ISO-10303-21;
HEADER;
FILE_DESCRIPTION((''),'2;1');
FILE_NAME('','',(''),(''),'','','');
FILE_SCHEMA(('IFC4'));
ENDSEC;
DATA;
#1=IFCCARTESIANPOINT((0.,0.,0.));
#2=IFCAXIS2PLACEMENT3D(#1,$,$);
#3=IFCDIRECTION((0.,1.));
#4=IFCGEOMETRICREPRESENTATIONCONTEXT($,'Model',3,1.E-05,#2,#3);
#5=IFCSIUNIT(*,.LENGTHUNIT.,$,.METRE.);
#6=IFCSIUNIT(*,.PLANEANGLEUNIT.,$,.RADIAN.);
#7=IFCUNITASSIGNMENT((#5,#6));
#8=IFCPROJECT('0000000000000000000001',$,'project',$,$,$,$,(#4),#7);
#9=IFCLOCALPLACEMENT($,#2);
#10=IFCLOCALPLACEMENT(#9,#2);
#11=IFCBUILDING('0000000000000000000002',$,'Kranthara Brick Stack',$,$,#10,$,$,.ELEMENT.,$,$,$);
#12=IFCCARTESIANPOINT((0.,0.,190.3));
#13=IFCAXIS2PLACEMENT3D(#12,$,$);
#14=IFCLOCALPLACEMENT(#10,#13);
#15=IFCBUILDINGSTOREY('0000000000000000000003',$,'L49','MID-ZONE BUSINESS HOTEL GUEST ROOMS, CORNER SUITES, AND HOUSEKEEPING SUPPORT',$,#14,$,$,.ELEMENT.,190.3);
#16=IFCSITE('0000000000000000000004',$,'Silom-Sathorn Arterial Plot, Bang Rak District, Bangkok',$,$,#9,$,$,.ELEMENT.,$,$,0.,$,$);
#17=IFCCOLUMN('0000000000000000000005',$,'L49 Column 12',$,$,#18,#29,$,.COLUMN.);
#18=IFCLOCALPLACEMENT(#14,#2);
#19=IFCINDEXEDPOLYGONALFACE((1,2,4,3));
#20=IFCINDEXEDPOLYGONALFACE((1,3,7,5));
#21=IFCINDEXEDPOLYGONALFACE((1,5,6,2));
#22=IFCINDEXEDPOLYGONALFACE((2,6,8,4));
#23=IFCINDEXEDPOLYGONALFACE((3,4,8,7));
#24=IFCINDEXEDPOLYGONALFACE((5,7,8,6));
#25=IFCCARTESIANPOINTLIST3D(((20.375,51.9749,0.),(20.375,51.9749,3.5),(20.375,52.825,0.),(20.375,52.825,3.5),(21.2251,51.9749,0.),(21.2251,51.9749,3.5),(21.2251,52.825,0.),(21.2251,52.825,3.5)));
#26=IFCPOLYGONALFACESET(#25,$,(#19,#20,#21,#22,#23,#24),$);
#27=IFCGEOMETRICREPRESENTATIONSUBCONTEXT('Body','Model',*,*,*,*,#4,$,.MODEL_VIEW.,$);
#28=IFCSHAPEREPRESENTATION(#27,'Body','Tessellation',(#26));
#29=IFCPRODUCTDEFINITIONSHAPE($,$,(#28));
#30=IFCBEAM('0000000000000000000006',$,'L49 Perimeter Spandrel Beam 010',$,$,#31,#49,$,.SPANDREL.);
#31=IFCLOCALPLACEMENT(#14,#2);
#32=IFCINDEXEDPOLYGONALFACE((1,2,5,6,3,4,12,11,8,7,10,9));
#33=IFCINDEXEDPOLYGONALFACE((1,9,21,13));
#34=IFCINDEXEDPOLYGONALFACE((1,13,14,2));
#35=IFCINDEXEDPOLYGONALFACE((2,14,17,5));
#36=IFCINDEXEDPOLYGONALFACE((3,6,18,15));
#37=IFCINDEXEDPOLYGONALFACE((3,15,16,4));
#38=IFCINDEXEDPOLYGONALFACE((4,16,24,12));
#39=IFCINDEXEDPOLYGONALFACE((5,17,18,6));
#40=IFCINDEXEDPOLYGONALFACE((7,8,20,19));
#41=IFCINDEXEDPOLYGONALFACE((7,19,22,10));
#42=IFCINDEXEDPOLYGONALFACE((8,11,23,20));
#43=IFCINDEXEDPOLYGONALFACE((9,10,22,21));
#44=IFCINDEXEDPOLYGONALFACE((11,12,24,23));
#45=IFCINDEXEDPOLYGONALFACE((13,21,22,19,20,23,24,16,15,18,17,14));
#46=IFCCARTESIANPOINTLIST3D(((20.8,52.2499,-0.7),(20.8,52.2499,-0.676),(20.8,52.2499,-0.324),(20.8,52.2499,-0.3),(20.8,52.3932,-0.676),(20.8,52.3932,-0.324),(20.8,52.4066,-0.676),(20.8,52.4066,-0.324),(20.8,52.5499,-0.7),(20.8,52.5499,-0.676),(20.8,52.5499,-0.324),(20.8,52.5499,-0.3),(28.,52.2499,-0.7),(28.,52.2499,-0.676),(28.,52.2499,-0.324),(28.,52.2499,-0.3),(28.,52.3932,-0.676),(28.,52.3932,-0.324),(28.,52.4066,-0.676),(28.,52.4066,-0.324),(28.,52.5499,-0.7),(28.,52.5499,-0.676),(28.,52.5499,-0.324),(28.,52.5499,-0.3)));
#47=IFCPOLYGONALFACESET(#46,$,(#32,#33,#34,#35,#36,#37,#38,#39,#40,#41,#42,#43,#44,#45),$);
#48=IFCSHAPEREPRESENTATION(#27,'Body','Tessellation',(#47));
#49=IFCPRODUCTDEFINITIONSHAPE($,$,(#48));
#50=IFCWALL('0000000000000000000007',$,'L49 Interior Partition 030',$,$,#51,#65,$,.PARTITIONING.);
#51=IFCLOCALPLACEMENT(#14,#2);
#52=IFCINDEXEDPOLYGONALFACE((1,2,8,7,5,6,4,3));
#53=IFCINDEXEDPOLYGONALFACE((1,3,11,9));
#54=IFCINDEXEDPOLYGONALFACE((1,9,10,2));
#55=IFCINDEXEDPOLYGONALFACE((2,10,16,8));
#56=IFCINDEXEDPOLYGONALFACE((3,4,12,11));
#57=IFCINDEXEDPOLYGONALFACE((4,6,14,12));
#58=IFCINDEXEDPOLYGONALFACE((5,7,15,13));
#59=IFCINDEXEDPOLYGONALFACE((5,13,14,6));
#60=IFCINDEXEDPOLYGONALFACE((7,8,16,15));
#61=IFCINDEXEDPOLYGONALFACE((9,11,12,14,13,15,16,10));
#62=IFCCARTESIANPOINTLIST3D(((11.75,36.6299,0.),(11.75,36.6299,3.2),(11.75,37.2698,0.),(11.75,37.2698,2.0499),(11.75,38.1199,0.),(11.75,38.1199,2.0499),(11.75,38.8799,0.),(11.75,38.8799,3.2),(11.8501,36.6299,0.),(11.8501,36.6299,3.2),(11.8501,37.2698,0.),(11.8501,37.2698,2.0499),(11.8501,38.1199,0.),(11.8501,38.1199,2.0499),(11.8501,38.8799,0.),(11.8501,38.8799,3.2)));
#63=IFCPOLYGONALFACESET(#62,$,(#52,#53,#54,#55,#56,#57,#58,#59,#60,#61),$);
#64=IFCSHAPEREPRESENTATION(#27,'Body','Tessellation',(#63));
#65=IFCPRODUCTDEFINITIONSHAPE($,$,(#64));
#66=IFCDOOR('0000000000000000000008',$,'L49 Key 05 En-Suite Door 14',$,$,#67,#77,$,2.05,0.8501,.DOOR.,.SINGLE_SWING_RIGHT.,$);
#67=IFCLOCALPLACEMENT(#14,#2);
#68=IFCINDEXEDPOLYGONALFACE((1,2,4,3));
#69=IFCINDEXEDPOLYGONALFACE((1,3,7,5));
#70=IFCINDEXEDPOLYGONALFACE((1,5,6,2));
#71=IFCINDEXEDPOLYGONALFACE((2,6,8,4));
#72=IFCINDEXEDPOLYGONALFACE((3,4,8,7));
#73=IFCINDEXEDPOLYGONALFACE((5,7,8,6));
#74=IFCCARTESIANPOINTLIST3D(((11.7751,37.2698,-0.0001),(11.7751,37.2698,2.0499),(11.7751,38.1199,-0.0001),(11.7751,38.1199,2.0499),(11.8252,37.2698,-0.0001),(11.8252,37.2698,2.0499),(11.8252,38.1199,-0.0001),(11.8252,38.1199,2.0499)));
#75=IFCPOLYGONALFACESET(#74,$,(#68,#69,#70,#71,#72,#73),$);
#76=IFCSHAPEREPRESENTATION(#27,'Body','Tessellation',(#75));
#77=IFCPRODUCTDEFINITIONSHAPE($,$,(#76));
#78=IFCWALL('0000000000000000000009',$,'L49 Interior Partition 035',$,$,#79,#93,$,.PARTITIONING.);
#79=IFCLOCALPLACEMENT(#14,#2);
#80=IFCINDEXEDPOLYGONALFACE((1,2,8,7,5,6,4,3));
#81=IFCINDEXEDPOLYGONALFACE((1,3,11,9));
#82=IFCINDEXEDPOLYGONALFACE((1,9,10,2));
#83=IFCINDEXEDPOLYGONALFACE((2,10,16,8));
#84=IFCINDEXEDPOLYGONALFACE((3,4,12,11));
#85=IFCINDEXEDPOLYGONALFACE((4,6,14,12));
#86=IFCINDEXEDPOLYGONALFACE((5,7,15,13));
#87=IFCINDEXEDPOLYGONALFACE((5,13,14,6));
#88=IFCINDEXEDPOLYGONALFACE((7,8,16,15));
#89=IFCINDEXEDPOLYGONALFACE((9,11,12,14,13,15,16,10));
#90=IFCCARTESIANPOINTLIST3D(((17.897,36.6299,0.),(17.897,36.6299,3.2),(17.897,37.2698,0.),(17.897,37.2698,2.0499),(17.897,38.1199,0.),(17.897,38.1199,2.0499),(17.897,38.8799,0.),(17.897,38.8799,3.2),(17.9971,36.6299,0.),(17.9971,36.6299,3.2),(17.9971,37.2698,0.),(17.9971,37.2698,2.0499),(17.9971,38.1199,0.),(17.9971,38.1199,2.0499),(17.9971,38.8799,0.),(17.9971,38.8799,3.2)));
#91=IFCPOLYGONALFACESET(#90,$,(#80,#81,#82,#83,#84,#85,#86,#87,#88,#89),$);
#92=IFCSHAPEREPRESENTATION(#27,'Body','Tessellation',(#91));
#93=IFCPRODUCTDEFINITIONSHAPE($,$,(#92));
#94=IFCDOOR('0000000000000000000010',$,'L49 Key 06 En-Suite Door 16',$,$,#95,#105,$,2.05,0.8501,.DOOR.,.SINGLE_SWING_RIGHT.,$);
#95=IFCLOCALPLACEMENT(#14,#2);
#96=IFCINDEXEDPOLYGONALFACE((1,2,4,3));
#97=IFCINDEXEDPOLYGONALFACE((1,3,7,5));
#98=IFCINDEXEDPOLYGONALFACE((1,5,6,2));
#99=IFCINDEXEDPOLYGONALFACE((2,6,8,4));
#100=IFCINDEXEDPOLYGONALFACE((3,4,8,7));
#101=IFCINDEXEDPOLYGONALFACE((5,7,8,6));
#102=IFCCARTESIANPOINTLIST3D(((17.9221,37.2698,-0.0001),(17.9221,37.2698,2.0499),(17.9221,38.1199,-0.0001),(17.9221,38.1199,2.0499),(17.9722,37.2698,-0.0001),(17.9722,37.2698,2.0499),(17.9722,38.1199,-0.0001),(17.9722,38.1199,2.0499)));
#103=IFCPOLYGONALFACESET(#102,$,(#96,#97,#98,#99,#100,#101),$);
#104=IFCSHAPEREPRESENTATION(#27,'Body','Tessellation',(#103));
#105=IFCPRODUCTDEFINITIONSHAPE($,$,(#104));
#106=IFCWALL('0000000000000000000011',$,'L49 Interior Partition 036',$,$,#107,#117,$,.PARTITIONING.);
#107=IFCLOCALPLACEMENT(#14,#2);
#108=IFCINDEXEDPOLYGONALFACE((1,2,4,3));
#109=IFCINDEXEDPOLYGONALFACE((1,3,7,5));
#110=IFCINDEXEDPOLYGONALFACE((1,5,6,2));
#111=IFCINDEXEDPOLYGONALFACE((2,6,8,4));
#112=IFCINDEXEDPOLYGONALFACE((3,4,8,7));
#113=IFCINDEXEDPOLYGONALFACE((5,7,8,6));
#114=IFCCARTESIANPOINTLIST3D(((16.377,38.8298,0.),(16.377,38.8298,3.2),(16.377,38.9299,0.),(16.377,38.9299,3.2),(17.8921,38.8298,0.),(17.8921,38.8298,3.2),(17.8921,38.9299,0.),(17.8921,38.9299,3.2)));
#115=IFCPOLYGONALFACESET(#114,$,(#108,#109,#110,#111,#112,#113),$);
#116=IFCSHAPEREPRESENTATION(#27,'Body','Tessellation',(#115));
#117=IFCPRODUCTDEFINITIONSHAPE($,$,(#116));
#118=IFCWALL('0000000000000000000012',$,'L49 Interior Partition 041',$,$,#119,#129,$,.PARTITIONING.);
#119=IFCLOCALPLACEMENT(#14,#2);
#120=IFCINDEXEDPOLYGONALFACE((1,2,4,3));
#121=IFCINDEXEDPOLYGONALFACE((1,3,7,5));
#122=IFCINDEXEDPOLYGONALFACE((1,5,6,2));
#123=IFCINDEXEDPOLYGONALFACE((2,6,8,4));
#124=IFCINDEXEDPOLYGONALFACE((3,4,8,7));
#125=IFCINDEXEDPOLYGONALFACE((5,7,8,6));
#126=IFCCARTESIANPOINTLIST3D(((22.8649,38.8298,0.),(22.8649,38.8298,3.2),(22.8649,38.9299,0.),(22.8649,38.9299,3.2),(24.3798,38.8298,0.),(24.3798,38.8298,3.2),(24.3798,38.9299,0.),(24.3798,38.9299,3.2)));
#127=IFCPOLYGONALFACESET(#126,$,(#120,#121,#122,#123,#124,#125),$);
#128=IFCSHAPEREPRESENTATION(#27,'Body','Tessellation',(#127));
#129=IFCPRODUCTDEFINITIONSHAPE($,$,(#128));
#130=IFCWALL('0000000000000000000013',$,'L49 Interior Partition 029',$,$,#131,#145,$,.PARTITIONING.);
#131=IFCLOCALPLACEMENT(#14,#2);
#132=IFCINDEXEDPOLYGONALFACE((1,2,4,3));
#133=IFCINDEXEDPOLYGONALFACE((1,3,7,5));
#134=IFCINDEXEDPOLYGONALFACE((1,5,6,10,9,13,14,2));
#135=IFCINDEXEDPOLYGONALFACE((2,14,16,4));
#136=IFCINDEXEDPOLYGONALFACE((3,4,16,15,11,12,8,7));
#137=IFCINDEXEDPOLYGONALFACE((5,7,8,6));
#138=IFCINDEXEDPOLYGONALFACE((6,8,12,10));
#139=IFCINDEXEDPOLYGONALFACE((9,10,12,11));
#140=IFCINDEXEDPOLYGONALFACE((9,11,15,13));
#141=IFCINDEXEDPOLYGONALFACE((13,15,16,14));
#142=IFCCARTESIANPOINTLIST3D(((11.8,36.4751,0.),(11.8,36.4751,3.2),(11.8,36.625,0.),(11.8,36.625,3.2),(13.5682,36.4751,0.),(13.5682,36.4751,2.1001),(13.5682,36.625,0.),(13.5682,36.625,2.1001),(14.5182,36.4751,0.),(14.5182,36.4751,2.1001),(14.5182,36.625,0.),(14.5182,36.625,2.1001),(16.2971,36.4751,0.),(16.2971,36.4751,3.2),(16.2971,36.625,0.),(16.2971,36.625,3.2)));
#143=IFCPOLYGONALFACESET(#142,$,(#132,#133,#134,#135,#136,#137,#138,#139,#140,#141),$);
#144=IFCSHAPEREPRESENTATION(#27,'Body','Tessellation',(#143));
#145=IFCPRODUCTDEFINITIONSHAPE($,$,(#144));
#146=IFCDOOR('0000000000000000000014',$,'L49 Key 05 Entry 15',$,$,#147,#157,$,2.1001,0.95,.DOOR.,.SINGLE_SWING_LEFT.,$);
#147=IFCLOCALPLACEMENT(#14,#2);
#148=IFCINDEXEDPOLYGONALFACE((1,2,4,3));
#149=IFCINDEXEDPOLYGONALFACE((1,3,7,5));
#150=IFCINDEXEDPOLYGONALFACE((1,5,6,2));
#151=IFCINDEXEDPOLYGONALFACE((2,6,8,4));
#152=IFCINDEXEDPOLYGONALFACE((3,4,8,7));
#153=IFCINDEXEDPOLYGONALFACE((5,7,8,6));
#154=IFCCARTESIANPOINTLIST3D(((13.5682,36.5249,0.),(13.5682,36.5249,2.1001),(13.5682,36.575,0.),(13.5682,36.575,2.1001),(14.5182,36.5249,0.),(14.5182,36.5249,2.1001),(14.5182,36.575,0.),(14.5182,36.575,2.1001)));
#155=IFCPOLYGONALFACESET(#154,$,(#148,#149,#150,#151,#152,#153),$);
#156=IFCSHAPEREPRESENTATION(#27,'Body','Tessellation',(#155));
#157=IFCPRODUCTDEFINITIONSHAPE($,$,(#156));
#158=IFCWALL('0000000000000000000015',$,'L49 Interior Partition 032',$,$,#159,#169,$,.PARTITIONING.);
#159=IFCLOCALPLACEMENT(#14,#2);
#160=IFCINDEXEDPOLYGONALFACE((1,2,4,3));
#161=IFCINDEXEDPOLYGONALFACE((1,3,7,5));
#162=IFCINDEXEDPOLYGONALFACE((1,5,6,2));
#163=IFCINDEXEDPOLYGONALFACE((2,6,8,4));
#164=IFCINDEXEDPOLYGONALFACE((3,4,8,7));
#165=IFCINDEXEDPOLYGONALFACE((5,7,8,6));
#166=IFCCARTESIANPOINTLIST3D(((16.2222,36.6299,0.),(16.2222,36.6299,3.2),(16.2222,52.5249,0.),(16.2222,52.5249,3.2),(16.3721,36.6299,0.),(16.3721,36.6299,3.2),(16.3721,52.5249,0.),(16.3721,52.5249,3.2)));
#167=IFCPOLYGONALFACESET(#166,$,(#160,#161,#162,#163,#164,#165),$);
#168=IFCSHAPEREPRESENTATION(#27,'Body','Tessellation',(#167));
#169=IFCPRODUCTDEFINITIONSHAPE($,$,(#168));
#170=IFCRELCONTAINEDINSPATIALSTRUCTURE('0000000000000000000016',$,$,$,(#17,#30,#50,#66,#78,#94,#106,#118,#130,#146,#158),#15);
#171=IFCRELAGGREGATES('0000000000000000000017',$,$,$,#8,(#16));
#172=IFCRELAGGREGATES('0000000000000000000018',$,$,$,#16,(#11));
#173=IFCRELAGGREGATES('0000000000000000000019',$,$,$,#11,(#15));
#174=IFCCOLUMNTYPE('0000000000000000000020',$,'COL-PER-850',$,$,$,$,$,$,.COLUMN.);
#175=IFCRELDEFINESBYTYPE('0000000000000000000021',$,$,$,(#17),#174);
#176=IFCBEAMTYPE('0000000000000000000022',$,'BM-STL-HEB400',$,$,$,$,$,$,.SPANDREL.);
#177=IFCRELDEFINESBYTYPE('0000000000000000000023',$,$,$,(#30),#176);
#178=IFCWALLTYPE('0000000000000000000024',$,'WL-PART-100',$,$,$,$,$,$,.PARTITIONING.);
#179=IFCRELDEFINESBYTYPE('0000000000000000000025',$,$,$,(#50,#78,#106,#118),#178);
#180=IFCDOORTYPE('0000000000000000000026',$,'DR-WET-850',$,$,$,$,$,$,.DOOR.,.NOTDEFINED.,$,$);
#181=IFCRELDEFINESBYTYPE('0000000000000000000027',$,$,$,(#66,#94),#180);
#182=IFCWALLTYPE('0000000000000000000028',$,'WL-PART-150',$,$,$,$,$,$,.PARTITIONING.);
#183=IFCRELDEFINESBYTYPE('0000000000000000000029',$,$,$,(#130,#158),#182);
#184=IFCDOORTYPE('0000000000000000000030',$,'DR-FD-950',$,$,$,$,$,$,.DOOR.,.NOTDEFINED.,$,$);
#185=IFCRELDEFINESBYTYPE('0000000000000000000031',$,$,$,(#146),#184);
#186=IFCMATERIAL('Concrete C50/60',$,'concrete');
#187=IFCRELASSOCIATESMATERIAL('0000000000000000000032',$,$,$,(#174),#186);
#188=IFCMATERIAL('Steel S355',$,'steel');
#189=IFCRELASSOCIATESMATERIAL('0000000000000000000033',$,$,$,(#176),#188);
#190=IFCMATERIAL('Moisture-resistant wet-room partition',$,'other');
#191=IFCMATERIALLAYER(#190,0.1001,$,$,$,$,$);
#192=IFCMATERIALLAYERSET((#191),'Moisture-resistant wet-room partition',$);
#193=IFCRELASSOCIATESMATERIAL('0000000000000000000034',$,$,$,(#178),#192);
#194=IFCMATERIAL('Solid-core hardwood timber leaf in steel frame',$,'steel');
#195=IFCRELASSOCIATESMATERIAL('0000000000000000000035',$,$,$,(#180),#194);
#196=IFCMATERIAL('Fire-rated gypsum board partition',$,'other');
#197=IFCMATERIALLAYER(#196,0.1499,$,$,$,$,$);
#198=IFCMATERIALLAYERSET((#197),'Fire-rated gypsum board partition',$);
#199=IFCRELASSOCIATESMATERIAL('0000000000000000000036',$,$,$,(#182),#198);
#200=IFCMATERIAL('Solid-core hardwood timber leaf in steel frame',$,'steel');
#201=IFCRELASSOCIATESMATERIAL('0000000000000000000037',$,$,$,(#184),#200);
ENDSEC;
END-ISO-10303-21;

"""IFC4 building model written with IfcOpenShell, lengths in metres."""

from ifc_helpers import new_model, si_unit, direction, frame, frame_2d, origin, origin_2d, place, context, subcontext, project, spatial, rectangle, i_section, extrude, material, layer, layer_set, material_profile, profile_set, type_object, element, fill, save


model = new_model("IFC4")

# Units and contexts
model_context = context("Model", 3, precision=1e-05, world=origin(), true_north=direction((0.0, 1.0)))
body_context = subcontext(model_context, "Body", "Model", "MODEL_VIEW")
ifc_project = project(units=[si_unit("LENGTHUNIT", "METRE"), si_unit("PLANEANGLEUNIT", "RADIAN")], contexts=[model_context])

# Site, building, storey
site_placement = place(None, origin())
site = spatial("IfcSite", under=ifc_project, at=site_placement, Name="Silom-Sathorn Arterial Plot, Bang Rak District, Bangkok", CompositionType="ELEMENT", RefElevation=0.0)
building_placement = place(site_placement, origin())
building = spatial("IfcBuilding", under=site, at=building_placement, Name="Kranthara Brick Stack", CompositionType="ELEMENT")
storey_placement = place(building_placement, frame((0.0, 0.0, 190.3)))
storey = spatial("IfcBuildingStorey", under=building, at=storey_placement, Name="L49", Description="MID-ZONE BUSINESS HOTEL GUEST ROOMS, CORNER SUITES, AND HOUSEKEEPING SUPPORT", CompositionType="ELEMENT", Elevation=190.3)

# Column
ifc_material_1 = material(Name="Concrete C50/60", Category="concrete")
ifc_material_profile_1 = material_profile(ifc_material_1, rectangle(XDim=0.8501, YDim=0.8501, at=origin_2d()), Name="RC 850x850")
ifc_profile_set_1 = profile_set([ifc_material_profile_1], Name="Concrete C50/60")
column_type = type_object("IfcColumnType", Name="COL-PER-850", PredefinedType="COLUMN", material=ifc_profile_set_1)
column_placement = place(storey_placement, frame((20.8, 52.3999, 0.0), z_axis=(0.0, 0.0, 1.0), x_axis=(1.0, 0.0, 0.0)))
element("IfcColumn", 1, at=column_placement, inside=storey, type_object=column_type, Name="L49 Column 12", PredefinedType="COLUMN", context=body_context, shape_type="SweptSolid", body=[
    extrude(rectangle(XDim=0.8501, YDim=0.8501, at=origin_2d()), origin(), (0.0, 0.0, 1.0), 3.5),
])

# Beam
ifc_material_2 = material(Name="Steel S355", Category="steel")
ifc_material_profile_2 = material_profile(ifc_material_2, i_section(OverallWidth=0.3, OverallDepth=0.3999, WebThickness=0.0134, FlangeThickness=0.0239, at=origin_2d()), Name="HEB 400")
ifc_profile_set_2 = profile_set([ifc_material_profile_2], Name="Steel S355")
beam_type = type_object("IfcBeamType", Name="BM-STL-HEB400", PredefinedType="SPANDREL", material=ifc_profile_set_2)
beam_placement = place(storey_placement, frame((20.8, 52.3999, -0.5), z_axis=(1.0, 0.0, 0.0), x_axis=(0.0, 1.0, 0.0)))
element("IfcBeam", 2, at=beam_placement, inside=storey, type_object=beam_type, Name="L49 Perimeter Spandrel Beam 010", PredefinedType="SPANDREL", context=body_context, shape_type="SweptSolid", body=[
    extrude(i_section(OverallWidth=0.3, OverallDepth=0.3999, WebThickness=0.0134, FlangeThickness=0.0239, at=origin_2d()), origin(), (0.0, 0.0, 1.0), 7.2),
])

# Walls, openings, doors
ifc_material_3 = material(Name="Moisture-resistant wet-room partition", Category="other")
ifc_layer_1 = layer(ifc_material_3, 0.1001)
ifc_layer_set_1 = layer_set([ifc_layer_1], Name="Moisture-resistant wet-room partition")
wall_type_1 = type_object("IfcWallType", Name="WL-PART-100", PredefinedType="PARTITIONING", material=ifc_layer_set_1)
wall_1_placement = place(storey_placement, frame((11.8, 36.6299, 0.0), z_axis=(0.0, 0.0, 1.0), x_axis=(0.0, 1.0, 0.0)))
wall_1 = element("IfcWall", 3, at=wall_1_placement, inside=storey, type_object=wall_type_1, Name="L49 Interior Partition 030", PredefinedType="PARTITIONING", context=body_context, shape_type="SweptSolid", body=[
    extrude(rectangle(XDim=2.25, YDim=0.1001, at=frame_2d((1.125, 0.0))), origin(), (0.0, 0.0, 1.0), 3.2),
])
opening_1_placement = place(wall_1_placement, frame((0.6399, 0.0, 0.0)))
opening_1 = element("IfcOpeningElement", 4, at=opening_1_placement, cuts=wall_1, PredefinedType="OPENING", context=body_context, shape_type="SweptSolid", body=[
    extrude(rectangle(XDim=0.8501, YDim=2.05, at=frame_2d((0.425, 1.0249))), frame((0.0, 0.0601, 0.0), z_axis=(0.0, -1.0, 0.0), x_axis=(1.0, 0.0, 0.0)), (0.0, 0.0, 1.0), 0.1201),
])
ifc_material_4 = material(Name="Solid-core hardwood timber leaf in steel frame", Category="steel")
door_type_1 = type_object("IfcDoorType", Name="DR-WET-850", OperationType="NOTDEFINED", PredefinedType="DOOR", material=ifc_material_4)
door_1_placement = place(opening_1_placement, origin())
door_1 = element("IfcDoor", 5, at=door_1_placement, inside=storey, type_object=door_type_1, Name="L49 Key 05 En-Suite Door 14", OperationType="SINGLE_SWING_RIGHT", OverallHeight=2.05, OverallWidth=0.8501, PredefinedType="DOOR", context=body_context, shape_type="SweptSolid", body=[
    extrude(rectangle(XDim=0.8501, YDim=2.05, at=frame_2d((0.425, 1.0249))), frame((0.0, 0.0249, 0.0), z_axis=(0.0, -1.0, 0.0), x_axis=(1.0, 0.0, 0.0)), (0.0, 0.0, 1.0), 0.05),
])
fill(opening_1, door_1)
wall_2_placement = place(storey_placement, frame((17.947, 36.6299, 0.0), z_axis=(0.0, 0.0, 1.0), x_axis=(0.0, 1.0, 0.0)))
wall_2 = element("IfcWall", 6, at=wall_2_placement, inside=storey, type_object=wall_type_1, Name="L49 Interior Partition 035", PredefinedType="PARTITIONING", context=body_context, shape_type="SweptSolid", body=[
    extrude(rectangle(XDim=2.25, YDim=0.1001, at=frame_2d((1.125, 0.0))), origin(), (0.0, 0.0, 1.0), 3.2),
])
opening_2_placement = place(wall_2_placement, frame((0.6399, 0.0, 0.0)))
opening_2 = element("IfcOpeningElement", 7, at=opening_2_placement, cuts=wall_2, PredefinedType="OPENING", context=body_context, shape_type="SweptSolid", body=[
    extrude(rectangle(XDim=0.8501, YDim=2.05, at=frame_2d((0.425, 1.0249))), frame((0.0, 0.0601, 0.0), z_axis=(0.0, -1.0, 0.0), x_axis=(1.0, 0.0, 0.0)), (0.0, 0.0, 1.0), 0.1201),
])
door_2_placement = place(opening_2_placement, origin())
door_2 = element("IfcDoor", 8, at=door_2_placement, inside=storey, type_object=door_type_1, Name="L49 Key 06 En-Suite Door 16", OperationType="SINGLE_SWING_RIGHT", OverallHeight=2.05, OverallWidth=0.8501, PredefinedType="DOOR", context=body_context, shape_type="SweptSolid", body=[
    extrude(rectangle(XDim=0.8501, YDim=2.05, at=frame_2d((0.425, 1.0249))), frame((0.0, 0.0249, 0.0), z_axis=(0.0, -1.0, 0.0), x_axis=(1.0, 0.0, 0.0)), (0.0, 0.0, 1.0), 0.05),
])
fill(opening_2, door_2)

# Walls
wall_3_placement = place(storey_placement, frame((16.377, 38.8799, 0.0), z_axis=(0.0, 0.0, 1.0), x_axis=(1.0, 0.0, 0.0)))
element("IfcWall", 9, at=wall_3_placement, inside=storey, type_object=wall_type_1, Name="L49 Interior Partition 036", PredefinedType="PARTITIONING", context=body_context, shape_type="SweptSolid", body=[
    extrude(rectangle(XDim=1.5151, YDim=0.1001, at=frame_2d((0.7576, 0.0))), origin(), (0.0, 0.0, 1.0), 3.2),
])
wall_4_placement = place(storey_placement, frame((22.865, 38.8799, 0.0), z_axis=(0.0, 0.0, 1.0), x_axis=(1.0, 0.0, 0.0)))
element("IfcWall", 10, at=wall_4_placement, inside=storey, type_object=wall_type_1, Name="L49 Interior Partition 041", PredefinedType="PARTITIONING", context=body_context, shape_type="SweptSolid", body=[
    extrude(rectangle(XDim=1.5149, YDim=0.1001, at=frame_2d((0.7573, 0.0))), origin(), (0.0, 0.0, 1.0), 3.2),
])

# Wall, opening, door
ifc_material_5 = material(Name="Fire-rated gypsum board partition", Category="other")
ifc_layer_2 = layer(ifc_material_5, 0.1499)
ifc_layer_set_2 = layer_set([ifc_layer_2], Name="Fire-rated gypsum board partition")
wall_type_2 = type_object("IfcWallType", Name="WL-PART-150", PredefinedType="PARTITIONING", material=ifc_layer_set_2)
wall_5_placement = place(storey_placement, frame((11.8, 36.55, 0.0), z_axis=(0.0, 0.0, 1.0), x_axis=(1.0, 0.0, 0.0)))
wall_5 = element("IfcWall", 11, at=wall_5_placement, inside=storey, type_object=wall_type_2, Name="L49 Interior Partition 029", PredefinedType="PARTITIONING", context=body_context, shape_type="SweptSolid", body=[
    extrude(rectangle(XDim=4.4971, YDim=0.1499, at=frame_2d((2.2485, 0.0))), origin(), (0.0, 0.0, 1.0), 3.2),
])
opening_3_placement = place(wall_5_placement, frame((1.7681, 0.0, 0.0)))
opening_3 = element("IfcOpeningElement", 12, at=opening_3_placement, cuts=wall_5, PredefinedType="OPENING", context=body_context, shape_type="SweptSolid", body=[
    extrude(rectangle(XDim=0.95, YDim=2.1001, at=frame_2d((0.4751, 1.05))), frame((0.0, 0.085, 0.0), z_axis=(0.0, -1.0, 0.0), x_axis=(1.0, 0.0, 0.0)), (0.0, 0.0, 1.0), 0.1699),
])
ifc_material_6 = material(Name="Solid-core hardwood timber leaf in steel frame", Category="steel")
door_type_2 = type_object("IfcDoorType", Name="DR-FD-950", OperationType="NOTDEFINED", PredefinedType="DOOR", material=ifc_material_6)
door_3_placement = place(opening_3_placement, origin())
door_3 = element("IfcDoor", 13, at=door_3_placement, inside=storey, type_object=door_type_2, Name="L49 Key 05 Entry 15", OperationType="SINGLE_SWING_LEFT", OverallHeight=2.1001, OverallWidth=0.95, PredefinedType="DOOR", context=body_context, shape_type="SweptSolid", body=[
    extrude(rectangle(XDim=0.95, YDim=2.1001, at=frame_2d((0.4751, 1.05))), frame((0.0, 0.0249, 0.0), z_axis=(0.0, -1.0, 0.0), x_axis=(1.0, 0.0, 0.0)), (0.0, 0.0, 1.0), 0.05),
])
fill(opening_3, door_3)

# Wall
wall_6_placement = place(storey_placement, frame((16.2971, 36.6299, 0.0), z_axis=(0.0, 0.0, 1.0), x_axis=(0.0, 1.0, 0.0)))
element("IfcWall", 14, at=wall_6_placement, inside=storey, type_object=wall_type_2, Name="L49 Interior Partition 032", PredefinedType="PARTITIONING", context=body_context, shape_type="SweptSolid", body=[
    extrude(rectangle(XDim=15.895, YDim=0.1499, at=frame_2d((7.9475, 0.0))), origin(), (0.0, 0.0, 1.0), 3.2),
])

save(model, "model.ifc")
